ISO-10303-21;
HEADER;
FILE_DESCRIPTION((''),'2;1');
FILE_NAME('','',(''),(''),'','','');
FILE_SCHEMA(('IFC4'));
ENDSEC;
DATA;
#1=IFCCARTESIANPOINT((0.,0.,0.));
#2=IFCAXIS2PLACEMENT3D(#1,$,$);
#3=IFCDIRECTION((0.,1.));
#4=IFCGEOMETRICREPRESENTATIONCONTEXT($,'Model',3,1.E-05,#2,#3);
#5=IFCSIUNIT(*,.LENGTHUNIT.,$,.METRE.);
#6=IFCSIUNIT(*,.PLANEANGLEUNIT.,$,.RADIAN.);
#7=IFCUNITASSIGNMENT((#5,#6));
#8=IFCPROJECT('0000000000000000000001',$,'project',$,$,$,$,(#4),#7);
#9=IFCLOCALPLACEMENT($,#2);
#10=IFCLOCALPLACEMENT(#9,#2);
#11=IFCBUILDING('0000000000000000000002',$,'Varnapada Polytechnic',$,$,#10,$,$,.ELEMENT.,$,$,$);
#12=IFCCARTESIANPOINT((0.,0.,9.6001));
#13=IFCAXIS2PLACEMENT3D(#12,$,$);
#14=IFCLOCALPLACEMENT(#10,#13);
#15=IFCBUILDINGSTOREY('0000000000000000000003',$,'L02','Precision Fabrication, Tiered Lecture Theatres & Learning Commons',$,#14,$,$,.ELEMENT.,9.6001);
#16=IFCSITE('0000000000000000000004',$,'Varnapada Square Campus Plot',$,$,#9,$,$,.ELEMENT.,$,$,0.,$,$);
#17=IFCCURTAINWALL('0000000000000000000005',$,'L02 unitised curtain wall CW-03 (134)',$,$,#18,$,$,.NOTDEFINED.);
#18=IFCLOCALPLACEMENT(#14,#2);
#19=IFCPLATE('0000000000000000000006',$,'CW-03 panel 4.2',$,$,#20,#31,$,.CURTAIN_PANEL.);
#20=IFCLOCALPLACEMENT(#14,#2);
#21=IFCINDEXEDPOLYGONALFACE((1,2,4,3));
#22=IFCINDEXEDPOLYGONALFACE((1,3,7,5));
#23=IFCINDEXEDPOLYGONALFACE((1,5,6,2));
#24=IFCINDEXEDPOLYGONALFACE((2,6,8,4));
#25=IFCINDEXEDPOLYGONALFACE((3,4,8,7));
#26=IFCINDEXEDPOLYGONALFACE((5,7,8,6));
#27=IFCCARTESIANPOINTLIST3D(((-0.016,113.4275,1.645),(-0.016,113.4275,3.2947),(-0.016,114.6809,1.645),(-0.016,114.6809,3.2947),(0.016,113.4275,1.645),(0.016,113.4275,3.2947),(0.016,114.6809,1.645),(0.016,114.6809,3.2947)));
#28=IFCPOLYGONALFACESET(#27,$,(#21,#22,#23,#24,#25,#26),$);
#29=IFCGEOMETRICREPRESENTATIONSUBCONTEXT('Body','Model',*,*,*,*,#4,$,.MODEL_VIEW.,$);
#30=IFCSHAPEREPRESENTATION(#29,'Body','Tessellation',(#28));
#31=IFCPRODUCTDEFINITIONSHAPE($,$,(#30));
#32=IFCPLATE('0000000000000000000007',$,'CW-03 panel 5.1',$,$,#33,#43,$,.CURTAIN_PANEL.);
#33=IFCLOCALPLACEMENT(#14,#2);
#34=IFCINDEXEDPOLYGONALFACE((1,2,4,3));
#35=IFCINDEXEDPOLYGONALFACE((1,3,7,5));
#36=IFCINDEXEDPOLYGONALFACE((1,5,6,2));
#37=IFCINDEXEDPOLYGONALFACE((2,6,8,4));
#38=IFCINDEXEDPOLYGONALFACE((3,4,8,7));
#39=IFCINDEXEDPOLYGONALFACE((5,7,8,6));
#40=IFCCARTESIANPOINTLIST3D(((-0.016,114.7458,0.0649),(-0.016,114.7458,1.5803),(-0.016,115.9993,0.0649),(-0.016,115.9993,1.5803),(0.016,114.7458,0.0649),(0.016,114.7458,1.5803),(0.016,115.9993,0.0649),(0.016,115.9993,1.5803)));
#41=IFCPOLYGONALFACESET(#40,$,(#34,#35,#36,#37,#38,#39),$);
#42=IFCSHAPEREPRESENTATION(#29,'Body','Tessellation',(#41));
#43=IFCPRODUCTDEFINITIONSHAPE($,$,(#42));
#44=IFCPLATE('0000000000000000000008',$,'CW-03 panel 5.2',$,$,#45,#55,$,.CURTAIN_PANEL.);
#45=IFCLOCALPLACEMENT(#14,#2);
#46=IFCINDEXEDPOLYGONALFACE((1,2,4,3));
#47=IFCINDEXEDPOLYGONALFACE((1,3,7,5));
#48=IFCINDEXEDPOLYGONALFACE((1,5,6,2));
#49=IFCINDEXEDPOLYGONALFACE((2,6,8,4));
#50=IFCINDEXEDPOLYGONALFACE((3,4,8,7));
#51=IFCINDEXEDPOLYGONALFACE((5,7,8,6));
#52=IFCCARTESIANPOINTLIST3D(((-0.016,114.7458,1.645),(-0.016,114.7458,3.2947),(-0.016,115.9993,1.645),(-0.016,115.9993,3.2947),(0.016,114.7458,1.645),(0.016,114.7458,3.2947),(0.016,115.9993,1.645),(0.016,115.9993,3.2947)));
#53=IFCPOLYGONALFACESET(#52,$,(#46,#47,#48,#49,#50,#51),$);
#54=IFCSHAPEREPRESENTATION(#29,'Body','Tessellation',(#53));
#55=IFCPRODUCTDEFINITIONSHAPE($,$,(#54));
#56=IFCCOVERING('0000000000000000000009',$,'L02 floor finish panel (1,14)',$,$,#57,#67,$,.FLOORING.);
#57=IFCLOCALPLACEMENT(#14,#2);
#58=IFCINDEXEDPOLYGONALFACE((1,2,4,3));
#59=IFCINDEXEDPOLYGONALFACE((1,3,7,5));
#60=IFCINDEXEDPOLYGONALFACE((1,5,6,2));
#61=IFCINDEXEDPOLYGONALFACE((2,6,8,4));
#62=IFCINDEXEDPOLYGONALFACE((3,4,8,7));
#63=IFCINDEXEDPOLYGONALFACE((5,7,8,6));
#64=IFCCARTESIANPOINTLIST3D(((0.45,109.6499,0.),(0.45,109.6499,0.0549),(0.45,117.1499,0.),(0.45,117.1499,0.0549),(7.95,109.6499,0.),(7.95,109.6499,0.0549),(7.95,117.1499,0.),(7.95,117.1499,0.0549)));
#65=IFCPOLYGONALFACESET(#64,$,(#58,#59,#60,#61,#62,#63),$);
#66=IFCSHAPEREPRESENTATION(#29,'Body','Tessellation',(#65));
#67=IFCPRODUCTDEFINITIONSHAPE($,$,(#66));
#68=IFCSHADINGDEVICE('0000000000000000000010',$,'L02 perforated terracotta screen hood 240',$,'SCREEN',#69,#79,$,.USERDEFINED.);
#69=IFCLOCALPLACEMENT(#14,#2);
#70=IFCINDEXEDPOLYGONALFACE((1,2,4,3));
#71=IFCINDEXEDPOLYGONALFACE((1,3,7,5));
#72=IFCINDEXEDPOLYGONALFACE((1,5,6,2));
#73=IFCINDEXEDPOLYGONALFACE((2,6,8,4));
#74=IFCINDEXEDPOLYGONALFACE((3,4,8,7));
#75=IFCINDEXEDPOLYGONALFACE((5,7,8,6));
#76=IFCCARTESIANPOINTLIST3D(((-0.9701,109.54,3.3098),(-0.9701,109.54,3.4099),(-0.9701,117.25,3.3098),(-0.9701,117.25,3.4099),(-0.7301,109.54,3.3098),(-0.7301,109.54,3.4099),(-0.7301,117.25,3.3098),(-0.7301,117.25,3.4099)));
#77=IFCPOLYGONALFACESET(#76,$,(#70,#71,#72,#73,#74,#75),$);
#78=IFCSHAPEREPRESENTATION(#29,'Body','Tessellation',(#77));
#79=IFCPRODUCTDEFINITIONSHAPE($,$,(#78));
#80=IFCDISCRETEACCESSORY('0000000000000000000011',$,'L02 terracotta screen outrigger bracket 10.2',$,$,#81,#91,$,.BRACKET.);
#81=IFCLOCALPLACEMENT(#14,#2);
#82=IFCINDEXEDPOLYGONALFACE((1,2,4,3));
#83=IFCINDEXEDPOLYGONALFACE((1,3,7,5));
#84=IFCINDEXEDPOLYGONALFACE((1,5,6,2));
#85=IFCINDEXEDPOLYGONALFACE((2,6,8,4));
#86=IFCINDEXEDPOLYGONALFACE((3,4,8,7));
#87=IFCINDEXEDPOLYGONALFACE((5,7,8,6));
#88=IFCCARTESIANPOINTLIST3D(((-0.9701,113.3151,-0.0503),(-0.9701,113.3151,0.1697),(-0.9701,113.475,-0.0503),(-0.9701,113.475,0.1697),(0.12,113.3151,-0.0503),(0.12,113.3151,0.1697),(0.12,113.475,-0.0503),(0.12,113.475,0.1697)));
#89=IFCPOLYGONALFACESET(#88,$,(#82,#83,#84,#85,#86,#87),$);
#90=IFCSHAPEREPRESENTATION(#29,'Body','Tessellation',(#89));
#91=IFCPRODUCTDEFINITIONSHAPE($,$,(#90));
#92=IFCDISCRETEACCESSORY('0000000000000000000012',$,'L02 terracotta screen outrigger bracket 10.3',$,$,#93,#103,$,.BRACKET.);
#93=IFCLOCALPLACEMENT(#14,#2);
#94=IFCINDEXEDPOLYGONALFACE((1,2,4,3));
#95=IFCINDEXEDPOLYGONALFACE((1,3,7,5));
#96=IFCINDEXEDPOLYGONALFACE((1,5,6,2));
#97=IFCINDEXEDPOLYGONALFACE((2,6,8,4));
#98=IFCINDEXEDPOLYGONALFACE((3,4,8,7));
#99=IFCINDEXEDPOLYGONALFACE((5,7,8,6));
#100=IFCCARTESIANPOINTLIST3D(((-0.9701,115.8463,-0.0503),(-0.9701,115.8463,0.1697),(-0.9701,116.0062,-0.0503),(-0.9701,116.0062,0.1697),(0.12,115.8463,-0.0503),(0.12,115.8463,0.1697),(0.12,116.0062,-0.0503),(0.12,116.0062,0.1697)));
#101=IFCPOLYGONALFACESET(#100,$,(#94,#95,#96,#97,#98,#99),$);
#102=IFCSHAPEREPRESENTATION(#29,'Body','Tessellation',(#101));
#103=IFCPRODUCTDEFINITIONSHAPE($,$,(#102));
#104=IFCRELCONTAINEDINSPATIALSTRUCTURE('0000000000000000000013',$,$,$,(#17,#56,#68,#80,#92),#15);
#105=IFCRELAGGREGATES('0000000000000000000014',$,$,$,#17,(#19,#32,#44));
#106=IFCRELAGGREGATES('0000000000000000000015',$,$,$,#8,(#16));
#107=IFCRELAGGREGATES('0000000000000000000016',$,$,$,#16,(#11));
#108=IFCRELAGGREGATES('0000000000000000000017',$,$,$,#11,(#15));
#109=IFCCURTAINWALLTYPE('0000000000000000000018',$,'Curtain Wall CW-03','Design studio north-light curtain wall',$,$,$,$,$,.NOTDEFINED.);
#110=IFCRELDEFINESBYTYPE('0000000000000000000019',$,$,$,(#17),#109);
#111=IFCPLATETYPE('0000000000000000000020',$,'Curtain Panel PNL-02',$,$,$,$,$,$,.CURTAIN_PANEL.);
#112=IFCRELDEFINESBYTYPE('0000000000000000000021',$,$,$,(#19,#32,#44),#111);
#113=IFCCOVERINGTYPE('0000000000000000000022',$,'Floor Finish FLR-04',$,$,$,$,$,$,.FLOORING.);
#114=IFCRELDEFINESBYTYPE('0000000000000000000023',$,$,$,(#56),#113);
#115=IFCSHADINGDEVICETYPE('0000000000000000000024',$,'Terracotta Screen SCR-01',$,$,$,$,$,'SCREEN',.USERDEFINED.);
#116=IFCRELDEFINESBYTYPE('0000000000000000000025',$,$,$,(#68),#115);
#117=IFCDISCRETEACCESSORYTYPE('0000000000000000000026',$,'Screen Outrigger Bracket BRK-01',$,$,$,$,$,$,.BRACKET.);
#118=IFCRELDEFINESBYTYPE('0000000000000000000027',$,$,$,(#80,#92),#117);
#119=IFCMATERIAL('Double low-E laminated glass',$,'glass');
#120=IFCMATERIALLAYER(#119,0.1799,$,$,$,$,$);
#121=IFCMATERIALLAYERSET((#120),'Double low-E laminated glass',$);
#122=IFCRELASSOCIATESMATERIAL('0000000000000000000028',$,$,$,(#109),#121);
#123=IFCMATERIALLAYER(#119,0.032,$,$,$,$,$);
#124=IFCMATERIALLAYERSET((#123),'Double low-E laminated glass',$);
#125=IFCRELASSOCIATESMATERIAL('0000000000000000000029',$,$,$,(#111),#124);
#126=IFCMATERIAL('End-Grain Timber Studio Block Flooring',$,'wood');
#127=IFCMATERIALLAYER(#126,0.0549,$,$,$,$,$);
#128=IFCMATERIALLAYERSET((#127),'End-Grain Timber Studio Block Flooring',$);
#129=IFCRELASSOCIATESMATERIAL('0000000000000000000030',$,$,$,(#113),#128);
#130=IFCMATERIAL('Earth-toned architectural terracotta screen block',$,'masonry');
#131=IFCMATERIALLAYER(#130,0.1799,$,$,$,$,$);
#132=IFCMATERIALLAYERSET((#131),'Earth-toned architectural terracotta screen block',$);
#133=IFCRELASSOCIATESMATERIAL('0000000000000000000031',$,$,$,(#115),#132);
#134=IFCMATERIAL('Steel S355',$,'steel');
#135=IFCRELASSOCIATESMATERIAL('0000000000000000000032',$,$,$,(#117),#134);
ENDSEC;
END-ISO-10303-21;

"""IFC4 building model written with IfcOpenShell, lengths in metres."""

from ifc_helpers import new_model, si_unit, direction, frame, origin, origin_2d, place, context, subcontext, project, spatial, rectangle, extrude, material, layer, layer_set, type_object, element, aggregate, save


model = new_model("IFC4")

# Units and contexts
model_context = context("Model", 3, precision=1e-05, world=origin(), true_north=direction((0.0, 1.0)))
body_context = subcontext(model_context, "Body", "Model", "MODEL_VIEW")
ifc_project = project(units=[si_unit("LENGTHUNIT", "METRE"), si_unit("PLANEANGLEUNIT", "RADIAN")], contexts=[model_context])

# Site, building, storey
site_placement = place(None, origin())
site = spatial("IfcSite", under=ifc_project, at=site_placement, Name="Varnapada Square Campus Plot", CompositionType="ELEMENT", RefElevation=0.0)
building_placement = place(site_placement, origin())
building = spatial("IfcBuilding", under=site, at=building_placement, Name="Varnapada Polytechnic", CompositionType="ELEMENT")
storey_placement = place(building_placement, frame((0.0, 0.0, 9.6001)))
storey = spatial("IfcBuildingStorey", under=building, at=storey_placement, Name="L02", Description="Precision Fabrication, Tiered Lecture Theatres & Learning Commons", CompositionType="ELEMENT", Elevation=9.6001)

# Curtain wall, plates
ifc_material_1 = material(Name="Double low-E laminated glass", Category="glass")
ifc_layer_1 = layer(ifc_material_1, 0.1799)
ifc_layer_set_1 = layer_set([ifc_layer_1], Name="Double low-E laminated glass")
curtain_wall_type = type_object("IfcCurtainWallType", Name="Curtain Wall CW-03", Description="Design studio north-light curtain wall", PredefinedType="NOTDEFINED", material=ifc_layer_set_1)
curtain_wall_placement = place(storey_placement, origin())
curtain_wall = element("IfcCurtainWall", 1, at=curtain_wall_placement, inside=storey, type_object=curtain_wall_type, Name="L02 unitised curtain wall CW-03 (134)", PredefinedType="NOTDEFINED")
ifc_layer_2 = layer(ifc_material_1, 0.032)
ifc_layer_set_2 = layer_set([ifc_layer_2], Name="Double low-E laminated glass")
plate_type = type_object("IfcPlateType", Name="Curtain Panel PNL-02", PredefinedType="CURTAIN_PANEL", material=ifc_layer_set_2)
plate_1_placement = place(storey_placement, frame((0.0, 114.0542, 1.645), z_axis=(0.0, 0.0, 1.0), x_axis=(0.0, 1.0, 0.0)))
plate_1 = element("IfcPlate", 2, at=plate_1_placement, type_object=plate_type, Name="CW-03 panel 4.2", PredefinedType="CURTAIN_PANEL", context=body_context, shape_type="SweptSolid", body=[
    extrude(rectangle(XDim=1.2534, YDim=0.032, at=origin_2d()), origin(), (0.0, 0.0, 1.0), 1.6497),
])
plate_2_placement = place(storey_placement, frame((0.0, 115.3726, 0.0649), z_axis=(0.0, 0.0, 1.0), x_axis=(0.0, 1.0, 0.0)))
plate_2 = element("IfcPlate", 3, at=plate_2_placement, type_object=plate_type, Name="CW-03 panel 5.1", PredefinedType="CURTAIN_PANEL", context=body_context, shape_type="SweptSolid", body=[
    extrude(rectangle(XDim=1.2534, YDim=0.032, at=origin_2d()), origin(), (0.0, 0.0, 1.0), 1.5154),
])
plate_3_placement = place(storey_placement, frame((0.0, 115.3726, 1.645), z_axis=(0.0, 0.0, 1.0), x_axis=(0.0, 1.0, 0.0)))
plate_3 = element("IfcPlate", 4, at=plate_3_placement, type_object=plate_type, Name="CW-03 panel 5.2", PredefinedType="CURTAIN_PANEL", context=body_context, shape_type="SweptSolid", body=[
    extrude(rectangle(XDim=1.2534, YDim=0.032, at=origin_2d()), origin(), (0.0, 0.0, 1.0), 1.6497),
])
aggregate(curtain_wall, [plate_1, plate_2, plate_3])

# Covering
ifc_material_2 = material(Name="End-Grain Timber Studio Block Flooring", Category="wood")
ifc_layer_3 = layer(ifc_material_2, 0.0549)
ifc_layer_set_3 = layer_set([ifc_layer_3], Name="End-Grain Timber Studio Block Flooring")
covering_type = type_object("IfcCoveringType", Name="Floor Finish FLR-04", PredefinedType="FLOORING", material=ifc_layer_set_3)
covering_placement = place(storey_placement, frame((4.2, 113.3999, 0.0), z_axis=(0.0, 0.0, 1.0), x_axis=(1.0, 0.0, 0.0)))
element("IfcCovering", 5, at=covering_placement, inside=storey, type_object=covering_type, Name="L02 floor finish panel (1,14)", PredefinedType="FLOORING", context=body_context, shape_type="SweptSolid", body=[
    extrude(rectangle(XDim=7.5, YDim=7.5, at=origin_2d()), origin(), (0.0, 0.0, 1.0), 0.0549),
])

# Shading device
ifc_material_3 = material(Name="Earth-toned architectural terracotta screen block", Category="masonry")
ifc_layer_4 = layer(ifc_material_3, 0.1799)
ifc_layer_set_4 = layer_set([ifc_layer_4], Name="Earth-toned architectural terracotta screen block")
shading_device_type = type_object("IfcShadingDeviceType", Name="Terracotta Screen SCR-01", ElementType="SCREEN", PredefinedType="USERDEFINED", material=ifc_layer_set_4)
shading_device_placement = place(storey_placement, frame((-0.8501, 113.395, 3.3098), z_axis=(0.0, 0.0, 1.0), x_axis=(0.0, 1.0, 0.0)))
element("IfcShadingDevice", 6, at=shading_device_placement, inside=storey, type_object=shading_device_type, Name="L02 perforated terracotta screen hood 240", ObjectType="SCREEN", PredefinedType="USERDEFINED", context=body_context, shape_type="SweptSolid", body=[
    extrude(rectangle(XDim=7.71, YDim=0.24, at=origin_2d()), origin(), (0.0, 0.0, 1.0), 0.1001),
])

# Discrete accessories
ifc_material_4 = material(Name="Steel S355", Category="steel")
discrete_accessory_type = type_object("IfcDiscreteAccessoryType", Name="Screen Outrigger Bracket BRK-01", PredefinedType="BRACKET", material=ifc_material_4)
for number, where, z_axis, x_axis, name in (
    (7, (-0.425, 113.395, -0.0503), (0.0, 0.0, 1.0), (0.0, 1.0, 0.0), "L02 terracotta screen outrigger bracket 10.2"),
    (8, (-0.425, 115.9263, -0.0503), (0.0, 0.0, 1.0), (0.0, 1.0, 0.0), "L02 terracotta screen outrigger bracket 10.3"),
):
    element("IfcDiscreteAccessory", number, at=place(storey_placement, frame(where, z_axis=z_axis, x_axis=x_axis)), inside=storey, type_object=discrete_accessory_type, Name=name, PredefinedType="BRACKET", context=body_context, shape_type="SweptSolid", body=[
        extrude(rectangle(XDim=0.1599, YDim=1.0901, at=origin_2d()), origin(), (0.0, 0.0, 1.0), 0.22),
    ])

save(model, "model.ifc")
